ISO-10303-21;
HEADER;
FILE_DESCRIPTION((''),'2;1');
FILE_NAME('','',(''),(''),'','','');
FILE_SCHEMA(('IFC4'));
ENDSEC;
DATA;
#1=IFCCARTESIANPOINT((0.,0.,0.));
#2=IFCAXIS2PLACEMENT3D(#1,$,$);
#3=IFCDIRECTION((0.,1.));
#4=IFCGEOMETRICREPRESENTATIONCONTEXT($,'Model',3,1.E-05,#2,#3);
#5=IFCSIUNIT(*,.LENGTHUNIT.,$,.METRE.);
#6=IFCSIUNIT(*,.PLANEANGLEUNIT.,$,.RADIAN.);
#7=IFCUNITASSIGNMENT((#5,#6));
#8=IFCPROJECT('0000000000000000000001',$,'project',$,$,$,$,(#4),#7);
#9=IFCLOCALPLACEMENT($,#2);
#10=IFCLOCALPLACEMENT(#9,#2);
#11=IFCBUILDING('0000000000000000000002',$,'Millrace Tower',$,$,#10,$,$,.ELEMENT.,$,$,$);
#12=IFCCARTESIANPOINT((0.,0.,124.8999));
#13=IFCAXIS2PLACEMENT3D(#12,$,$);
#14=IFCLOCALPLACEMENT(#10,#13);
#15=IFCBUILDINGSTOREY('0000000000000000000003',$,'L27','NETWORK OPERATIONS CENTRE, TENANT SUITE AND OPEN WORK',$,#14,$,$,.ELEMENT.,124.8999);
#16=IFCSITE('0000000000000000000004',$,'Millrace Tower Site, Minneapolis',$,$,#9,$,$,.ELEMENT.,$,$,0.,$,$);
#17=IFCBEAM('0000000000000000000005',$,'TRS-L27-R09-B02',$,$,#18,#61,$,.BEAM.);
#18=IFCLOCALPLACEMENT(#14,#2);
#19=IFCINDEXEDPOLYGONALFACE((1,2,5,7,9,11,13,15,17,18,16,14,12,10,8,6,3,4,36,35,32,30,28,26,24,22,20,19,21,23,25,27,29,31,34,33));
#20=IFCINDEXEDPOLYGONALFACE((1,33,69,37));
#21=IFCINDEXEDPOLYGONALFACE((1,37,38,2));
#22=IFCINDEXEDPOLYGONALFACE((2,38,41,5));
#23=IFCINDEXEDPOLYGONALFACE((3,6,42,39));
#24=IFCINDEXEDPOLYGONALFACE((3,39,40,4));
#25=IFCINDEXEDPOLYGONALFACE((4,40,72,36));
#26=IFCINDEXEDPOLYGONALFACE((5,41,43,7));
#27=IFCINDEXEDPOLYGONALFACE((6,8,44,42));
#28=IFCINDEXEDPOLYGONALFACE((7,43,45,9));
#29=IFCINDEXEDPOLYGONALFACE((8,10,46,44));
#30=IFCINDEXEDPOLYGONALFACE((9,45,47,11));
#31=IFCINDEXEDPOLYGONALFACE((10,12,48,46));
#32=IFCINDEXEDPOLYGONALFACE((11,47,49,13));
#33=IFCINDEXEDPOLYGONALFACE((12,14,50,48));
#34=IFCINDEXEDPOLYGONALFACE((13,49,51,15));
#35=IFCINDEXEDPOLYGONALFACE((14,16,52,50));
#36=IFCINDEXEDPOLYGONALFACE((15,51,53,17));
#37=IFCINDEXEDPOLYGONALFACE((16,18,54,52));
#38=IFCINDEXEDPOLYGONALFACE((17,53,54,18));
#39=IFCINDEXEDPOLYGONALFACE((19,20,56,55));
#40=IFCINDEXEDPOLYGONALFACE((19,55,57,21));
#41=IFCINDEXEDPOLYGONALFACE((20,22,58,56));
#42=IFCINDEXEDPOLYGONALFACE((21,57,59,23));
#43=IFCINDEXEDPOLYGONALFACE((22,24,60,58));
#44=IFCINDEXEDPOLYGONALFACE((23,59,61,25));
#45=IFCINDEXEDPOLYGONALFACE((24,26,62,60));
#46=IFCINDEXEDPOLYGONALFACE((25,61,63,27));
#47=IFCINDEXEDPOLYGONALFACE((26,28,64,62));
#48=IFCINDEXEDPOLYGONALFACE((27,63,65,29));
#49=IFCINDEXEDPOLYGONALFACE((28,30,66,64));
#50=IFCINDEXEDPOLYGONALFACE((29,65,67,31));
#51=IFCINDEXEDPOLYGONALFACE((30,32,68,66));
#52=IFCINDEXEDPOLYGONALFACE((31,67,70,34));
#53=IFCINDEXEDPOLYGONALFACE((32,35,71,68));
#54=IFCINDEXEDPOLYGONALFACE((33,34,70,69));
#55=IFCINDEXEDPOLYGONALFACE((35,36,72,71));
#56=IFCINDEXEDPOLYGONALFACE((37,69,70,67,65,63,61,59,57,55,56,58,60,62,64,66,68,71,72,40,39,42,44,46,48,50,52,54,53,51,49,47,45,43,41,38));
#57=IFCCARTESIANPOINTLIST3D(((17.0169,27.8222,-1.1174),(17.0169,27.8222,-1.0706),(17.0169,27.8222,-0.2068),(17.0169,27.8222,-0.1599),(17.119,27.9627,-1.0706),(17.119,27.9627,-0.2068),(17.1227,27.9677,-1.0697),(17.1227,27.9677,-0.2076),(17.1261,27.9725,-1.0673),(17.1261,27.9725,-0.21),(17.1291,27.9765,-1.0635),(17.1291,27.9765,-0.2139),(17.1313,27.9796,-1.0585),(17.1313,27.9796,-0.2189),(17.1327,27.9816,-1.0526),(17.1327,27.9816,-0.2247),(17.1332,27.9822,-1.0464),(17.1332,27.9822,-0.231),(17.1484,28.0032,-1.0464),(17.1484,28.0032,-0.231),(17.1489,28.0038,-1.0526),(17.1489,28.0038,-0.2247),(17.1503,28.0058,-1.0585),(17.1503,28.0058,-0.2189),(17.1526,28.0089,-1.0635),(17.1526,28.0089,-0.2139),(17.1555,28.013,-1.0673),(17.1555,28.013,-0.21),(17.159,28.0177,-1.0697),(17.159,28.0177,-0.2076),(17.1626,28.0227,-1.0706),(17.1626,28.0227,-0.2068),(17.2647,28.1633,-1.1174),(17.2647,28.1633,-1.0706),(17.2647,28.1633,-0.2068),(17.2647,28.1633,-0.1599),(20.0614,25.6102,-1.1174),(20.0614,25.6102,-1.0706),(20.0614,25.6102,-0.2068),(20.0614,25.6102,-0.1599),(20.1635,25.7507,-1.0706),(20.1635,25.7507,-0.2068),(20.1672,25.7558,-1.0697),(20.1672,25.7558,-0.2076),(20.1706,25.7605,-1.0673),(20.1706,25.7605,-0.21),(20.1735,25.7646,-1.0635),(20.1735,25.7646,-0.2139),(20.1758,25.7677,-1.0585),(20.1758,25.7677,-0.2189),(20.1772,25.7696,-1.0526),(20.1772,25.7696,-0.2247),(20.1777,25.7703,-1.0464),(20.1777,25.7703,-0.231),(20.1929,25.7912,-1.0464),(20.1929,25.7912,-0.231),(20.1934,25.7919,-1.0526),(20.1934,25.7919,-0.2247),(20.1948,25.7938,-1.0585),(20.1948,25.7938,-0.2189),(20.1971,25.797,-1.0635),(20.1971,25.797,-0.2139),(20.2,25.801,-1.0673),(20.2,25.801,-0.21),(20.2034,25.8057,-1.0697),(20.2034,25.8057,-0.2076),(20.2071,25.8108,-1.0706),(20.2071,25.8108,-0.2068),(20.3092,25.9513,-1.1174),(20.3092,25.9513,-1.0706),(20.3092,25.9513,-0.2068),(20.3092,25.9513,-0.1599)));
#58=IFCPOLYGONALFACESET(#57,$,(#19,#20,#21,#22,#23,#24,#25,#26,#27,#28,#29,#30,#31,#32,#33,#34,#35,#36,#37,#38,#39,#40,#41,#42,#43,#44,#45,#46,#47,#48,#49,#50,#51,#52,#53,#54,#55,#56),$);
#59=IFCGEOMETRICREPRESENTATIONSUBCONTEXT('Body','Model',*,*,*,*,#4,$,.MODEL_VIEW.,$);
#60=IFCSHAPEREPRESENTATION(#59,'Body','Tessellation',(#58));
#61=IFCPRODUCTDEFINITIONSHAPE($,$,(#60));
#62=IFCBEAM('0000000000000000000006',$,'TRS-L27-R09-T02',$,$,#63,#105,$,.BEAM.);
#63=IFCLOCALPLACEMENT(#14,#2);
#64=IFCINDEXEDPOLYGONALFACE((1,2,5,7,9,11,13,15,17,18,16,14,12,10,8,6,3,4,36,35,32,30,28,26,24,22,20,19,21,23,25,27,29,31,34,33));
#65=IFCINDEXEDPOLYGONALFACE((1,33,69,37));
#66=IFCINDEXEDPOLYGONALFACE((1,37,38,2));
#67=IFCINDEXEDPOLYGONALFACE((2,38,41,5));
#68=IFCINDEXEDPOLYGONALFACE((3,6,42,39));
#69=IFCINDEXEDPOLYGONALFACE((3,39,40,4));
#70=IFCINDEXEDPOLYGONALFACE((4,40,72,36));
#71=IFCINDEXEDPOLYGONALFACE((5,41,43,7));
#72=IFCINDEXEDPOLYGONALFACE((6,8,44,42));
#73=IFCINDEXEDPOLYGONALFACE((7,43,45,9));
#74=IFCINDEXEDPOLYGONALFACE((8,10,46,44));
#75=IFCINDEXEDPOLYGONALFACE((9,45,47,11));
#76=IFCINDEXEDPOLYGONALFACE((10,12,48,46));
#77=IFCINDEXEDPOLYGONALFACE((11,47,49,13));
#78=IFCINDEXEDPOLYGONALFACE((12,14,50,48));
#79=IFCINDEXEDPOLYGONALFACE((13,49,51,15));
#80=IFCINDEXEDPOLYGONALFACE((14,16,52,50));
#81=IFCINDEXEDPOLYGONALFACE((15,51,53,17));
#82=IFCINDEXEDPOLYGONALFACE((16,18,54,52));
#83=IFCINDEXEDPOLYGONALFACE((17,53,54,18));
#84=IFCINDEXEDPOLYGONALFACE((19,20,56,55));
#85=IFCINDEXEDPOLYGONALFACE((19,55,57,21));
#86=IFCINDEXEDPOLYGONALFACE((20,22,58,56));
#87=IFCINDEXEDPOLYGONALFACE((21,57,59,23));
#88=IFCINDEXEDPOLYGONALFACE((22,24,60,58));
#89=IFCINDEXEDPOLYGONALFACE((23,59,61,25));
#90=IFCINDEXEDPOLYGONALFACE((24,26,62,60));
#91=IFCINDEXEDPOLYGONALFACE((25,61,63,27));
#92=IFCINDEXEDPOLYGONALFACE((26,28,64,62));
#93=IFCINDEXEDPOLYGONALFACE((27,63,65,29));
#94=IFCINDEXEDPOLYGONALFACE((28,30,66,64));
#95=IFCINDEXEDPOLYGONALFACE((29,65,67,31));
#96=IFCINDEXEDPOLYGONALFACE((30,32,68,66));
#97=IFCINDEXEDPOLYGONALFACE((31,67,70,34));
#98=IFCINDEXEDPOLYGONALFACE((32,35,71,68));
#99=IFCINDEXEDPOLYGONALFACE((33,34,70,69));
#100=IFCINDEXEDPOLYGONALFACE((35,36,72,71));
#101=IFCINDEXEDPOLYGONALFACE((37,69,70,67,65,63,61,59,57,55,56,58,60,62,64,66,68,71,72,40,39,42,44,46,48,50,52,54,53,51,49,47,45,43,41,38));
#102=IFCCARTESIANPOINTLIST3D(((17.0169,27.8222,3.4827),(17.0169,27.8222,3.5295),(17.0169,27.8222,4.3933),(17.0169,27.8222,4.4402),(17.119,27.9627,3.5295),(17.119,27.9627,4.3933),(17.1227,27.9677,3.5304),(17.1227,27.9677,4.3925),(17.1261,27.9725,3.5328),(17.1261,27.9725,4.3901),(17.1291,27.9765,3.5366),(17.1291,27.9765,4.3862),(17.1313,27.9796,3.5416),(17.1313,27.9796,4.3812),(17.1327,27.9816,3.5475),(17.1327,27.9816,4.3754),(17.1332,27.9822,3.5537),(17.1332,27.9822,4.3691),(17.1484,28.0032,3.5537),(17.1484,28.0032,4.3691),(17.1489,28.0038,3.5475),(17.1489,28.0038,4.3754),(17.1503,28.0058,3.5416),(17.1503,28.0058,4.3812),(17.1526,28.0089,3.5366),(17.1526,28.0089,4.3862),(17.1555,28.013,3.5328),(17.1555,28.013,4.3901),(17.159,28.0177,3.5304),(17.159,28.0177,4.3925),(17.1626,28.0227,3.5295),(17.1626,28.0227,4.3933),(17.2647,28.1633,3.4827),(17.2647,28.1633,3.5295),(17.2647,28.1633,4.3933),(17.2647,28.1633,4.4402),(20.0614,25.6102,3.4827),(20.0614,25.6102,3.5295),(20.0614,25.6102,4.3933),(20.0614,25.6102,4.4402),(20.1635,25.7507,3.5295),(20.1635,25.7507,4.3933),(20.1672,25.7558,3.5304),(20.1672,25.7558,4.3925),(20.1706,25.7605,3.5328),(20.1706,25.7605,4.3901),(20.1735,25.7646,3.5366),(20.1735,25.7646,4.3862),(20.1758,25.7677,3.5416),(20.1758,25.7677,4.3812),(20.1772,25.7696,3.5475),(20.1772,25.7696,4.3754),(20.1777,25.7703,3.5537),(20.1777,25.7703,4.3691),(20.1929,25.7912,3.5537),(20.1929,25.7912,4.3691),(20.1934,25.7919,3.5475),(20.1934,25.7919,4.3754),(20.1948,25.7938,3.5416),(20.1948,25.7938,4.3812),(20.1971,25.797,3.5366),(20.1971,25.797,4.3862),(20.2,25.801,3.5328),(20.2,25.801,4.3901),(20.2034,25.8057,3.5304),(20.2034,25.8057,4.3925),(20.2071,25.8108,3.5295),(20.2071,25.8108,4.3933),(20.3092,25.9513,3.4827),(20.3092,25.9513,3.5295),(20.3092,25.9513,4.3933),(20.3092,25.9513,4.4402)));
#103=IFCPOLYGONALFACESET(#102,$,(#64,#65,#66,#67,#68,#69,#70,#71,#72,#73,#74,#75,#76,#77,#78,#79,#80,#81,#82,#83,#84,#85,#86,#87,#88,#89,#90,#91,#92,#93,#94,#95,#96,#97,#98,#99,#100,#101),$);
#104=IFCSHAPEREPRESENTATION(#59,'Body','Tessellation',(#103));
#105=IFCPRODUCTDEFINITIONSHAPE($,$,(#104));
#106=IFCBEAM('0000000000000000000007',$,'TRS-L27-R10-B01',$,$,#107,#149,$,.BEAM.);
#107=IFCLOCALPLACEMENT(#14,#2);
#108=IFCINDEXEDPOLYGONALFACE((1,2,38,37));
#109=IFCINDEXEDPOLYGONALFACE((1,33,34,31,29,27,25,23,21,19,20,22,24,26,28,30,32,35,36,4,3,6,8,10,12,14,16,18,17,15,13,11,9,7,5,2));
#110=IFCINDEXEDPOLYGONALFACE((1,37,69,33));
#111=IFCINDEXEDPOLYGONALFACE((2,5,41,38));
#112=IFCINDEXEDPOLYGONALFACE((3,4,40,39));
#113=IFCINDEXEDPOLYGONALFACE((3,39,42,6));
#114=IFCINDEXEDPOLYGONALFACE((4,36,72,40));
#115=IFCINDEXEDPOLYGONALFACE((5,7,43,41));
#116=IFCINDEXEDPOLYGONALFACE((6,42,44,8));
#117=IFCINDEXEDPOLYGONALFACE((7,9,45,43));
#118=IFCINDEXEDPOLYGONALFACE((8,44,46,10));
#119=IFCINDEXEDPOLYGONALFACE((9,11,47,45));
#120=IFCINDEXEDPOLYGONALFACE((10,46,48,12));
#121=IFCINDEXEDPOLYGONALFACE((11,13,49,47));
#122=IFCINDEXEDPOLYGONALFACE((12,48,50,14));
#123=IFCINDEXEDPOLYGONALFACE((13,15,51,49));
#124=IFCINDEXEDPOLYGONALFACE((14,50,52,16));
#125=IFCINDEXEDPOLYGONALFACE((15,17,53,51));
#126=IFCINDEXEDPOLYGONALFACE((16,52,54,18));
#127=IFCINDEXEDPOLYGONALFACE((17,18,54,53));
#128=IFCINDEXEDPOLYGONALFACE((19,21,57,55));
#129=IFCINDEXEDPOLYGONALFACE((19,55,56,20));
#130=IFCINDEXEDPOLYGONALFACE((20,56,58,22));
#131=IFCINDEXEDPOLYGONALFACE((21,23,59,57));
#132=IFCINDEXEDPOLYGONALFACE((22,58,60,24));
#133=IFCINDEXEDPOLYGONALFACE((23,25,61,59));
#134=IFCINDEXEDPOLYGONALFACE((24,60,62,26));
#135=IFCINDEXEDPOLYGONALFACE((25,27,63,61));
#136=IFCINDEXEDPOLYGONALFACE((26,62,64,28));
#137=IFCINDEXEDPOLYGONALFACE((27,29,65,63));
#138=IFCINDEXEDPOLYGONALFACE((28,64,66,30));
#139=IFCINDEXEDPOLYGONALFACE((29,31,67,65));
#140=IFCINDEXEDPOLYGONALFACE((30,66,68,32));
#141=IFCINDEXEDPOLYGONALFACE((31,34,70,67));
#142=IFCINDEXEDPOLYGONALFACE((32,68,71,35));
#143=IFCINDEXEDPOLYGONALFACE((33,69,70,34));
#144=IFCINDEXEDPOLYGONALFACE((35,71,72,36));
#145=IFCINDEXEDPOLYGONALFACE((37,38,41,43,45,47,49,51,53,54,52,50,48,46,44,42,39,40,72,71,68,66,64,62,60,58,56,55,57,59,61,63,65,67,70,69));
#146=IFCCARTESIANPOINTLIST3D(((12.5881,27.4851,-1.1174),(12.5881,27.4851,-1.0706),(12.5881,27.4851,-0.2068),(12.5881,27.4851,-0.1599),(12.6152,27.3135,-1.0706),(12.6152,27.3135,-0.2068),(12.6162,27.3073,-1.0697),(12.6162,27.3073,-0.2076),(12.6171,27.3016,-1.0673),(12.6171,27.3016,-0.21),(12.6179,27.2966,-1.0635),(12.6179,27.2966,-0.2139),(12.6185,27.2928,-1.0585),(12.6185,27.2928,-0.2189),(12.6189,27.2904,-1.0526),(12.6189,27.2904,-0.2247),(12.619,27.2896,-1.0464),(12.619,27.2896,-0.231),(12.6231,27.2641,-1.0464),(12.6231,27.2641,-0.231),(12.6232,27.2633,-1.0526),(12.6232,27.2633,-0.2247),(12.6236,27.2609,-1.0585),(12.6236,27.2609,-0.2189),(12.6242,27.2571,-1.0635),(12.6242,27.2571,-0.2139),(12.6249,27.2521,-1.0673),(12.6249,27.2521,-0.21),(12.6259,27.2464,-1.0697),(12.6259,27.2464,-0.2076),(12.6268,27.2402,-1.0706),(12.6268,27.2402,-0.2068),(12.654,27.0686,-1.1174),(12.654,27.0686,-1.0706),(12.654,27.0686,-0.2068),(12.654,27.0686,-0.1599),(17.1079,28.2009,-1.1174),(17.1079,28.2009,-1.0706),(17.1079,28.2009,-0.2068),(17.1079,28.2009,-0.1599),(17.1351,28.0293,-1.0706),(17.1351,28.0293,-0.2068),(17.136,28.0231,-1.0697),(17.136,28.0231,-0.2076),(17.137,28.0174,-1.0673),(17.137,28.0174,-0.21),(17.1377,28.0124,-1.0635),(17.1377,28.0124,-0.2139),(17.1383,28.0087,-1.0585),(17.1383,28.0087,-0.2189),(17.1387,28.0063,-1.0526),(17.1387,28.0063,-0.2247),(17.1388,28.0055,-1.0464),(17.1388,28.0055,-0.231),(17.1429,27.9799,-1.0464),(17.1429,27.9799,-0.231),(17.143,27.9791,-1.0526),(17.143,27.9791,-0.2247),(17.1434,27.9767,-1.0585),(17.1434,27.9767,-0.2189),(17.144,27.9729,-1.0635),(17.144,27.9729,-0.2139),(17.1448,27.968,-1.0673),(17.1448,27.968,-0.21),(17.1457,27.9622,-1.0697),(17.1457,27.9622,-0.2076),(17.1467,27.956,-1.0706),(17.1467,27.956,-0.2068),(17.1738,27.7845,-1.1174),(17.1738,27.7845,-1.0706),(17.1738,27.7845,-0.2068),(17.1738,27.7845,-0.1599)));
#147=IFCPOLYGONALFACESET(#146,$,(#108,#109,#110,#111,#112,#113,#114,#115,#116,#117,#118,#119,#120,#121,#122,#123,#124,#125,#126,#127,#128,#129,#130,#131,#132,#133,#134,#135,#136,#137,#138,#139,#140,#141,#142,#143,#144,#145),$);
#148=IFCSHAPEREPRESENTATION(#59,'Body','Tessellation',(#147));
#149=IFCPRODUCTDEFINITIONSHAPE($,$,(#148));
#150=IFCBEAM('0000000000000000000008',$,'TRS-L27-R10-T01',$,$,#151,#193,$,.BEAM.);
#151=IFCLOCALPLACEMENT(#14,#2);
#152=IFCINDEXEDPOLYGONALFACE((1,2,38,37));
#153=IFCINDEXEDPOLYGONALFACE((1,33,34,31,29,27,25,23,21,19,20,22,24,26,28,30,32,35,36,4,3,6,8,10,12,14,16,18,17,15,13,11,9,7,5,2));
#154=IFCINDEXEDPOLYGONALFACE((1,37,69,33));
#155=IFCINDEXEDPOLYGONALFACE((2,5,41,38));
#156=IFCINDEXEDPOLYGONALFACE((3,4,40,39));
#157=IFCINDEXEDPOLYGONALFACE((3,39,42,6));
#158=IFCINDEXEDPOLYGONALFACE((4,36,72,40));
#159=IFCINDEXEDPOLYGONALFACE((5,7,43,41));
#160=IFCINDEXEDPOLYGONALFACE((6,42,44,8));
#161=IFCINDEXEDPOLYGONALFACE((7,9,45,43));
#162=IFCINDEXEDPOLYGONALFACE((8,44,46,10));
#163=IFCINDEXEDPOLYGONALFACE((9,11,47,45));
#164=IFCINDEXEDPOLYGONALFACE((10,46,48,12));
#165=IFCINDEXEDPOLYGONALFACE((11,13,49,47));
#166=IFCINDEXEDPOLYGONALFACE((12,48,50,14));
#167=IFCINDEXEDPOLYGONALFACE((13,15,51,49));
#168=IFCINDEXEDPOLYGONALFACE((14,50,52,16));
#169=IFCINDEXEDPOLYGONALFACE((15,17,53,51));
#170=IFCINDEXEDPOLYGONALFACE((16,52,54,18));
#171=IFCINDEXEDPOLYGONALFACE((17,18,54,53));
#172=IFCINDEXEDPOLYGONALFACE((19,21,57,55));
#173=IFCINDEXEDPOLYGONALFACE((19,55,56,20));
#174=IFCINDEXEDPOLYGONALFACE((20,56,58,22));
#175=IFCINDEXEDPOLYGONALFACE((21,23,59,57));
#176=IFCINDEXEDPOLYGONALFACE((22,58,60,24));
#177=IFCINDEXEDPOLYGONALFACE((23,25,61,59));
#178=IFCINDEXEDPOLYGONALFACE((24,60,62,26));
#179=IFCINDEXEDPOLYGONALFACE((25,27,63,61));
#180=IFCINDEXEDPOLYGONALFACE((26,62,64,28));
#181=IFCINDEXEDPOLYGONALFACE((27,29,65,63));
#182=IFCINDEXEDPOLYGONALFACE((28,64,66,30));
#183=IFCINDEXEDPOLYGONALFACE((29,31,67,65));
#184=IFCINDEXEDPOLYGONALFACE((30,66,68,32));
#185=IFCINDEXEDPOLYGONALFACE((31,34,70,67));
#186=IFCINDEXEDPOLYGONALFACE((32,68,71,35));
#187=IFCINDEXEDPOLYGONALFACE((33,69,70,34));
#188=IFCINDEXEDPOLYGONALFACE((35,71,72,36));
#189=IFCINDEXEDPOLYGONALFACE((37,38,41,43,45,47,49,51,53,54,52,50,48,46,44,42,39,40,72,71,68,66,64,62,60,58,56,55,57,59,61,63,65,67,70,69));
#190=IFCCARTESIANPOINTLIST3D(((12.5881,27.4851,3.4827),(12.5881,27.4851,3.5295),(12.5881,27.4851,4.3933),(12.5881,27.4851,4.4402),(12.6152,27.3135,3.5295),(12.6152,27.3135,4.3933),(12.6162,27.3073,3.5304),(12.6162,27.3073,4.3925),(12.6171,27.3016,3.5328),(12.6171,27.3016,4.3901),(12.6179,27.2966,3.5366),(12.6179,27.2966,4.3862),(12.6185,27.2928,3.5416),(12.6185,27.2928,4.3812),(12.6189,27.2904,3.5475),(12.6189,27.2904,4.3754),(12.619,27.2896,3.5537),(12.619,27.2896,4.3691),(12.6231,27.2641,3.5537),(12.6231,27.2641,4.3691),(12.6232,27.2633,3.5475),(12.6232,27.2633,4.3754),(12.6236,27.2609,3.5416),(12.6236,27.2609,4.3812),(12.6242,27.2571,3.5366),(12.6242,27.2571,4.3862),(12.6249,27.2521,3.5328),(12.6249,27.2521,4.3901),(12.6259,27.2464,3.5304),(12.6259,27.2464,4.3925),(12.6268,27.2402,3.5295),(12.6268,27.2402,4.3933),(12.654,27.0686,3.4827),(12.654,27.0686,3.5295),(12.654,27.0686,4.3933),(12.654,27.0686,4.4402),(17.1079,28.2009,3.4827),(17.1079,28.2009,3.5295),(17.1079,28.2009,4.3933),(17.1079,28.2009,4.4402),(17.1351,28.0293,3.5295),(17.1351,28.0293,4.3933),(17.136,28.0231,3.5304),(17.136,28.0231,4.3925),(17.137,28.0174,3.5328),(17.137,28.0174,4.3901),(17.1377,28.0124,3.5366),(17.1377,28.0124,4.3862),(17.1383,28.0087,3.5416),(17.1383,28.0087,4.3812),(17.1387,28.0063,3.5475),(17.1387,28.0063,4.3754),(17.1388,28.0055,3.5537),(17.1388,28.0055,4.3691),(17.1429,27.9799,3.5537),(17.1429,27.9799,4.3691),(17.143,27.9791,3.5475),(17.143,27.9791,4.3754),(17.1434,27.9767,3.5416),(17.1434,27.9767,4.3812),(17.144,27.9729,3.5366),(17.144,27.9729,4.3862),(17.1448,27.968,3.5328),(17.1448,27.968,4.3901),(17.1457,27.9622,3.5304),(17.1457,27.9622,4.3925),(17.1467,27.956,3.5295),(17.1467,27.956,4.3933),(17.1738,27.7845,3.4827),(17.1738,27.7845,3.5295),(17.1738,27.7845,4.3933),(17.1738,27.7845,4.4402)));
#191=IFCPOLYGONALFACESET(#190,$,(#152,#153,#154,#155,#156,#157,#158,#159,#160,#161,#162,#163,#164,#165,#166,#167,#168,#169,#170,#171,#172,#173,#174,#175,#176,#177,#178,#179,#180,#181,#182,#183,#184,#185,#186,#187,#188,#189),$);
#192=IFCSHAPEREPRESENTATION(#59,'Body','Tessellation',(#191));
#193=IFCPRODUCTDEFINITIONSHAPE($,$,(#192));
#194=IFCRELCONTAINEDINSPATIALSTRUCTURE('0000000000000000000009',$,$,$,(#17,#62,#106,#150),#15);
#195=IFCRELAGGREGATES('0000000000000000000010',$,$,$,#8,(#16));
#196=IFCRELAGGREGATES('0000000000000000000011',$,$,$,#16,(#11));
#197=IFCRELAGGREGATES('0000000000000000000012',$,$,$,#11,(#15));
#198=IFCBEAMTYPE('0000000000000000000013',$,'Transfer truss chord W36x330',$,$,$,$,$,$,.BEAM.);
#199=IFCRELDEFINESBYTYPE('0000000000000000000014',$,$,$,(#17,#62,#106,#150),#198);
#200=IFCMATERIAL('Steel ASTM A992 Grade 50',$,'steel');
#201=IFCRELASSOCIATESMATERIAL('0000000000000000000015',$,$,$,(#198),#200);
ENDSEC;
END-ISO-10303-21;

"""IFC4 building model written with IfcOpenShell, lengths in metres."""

from ifc_helpers import new_model, si_unit, direction, frame, origin, origin_2d, place, context, subcontext, project, spatial, i_section, extrude, material, material_profile, profile_set, type_object, element, save


model = new_model("IFC4")

# Units and contexts
model_context = context("Model", 3, precision=1e-05, world=origin(), true_north=direction((0.0, 1.0)))
body_context = subcontext(model_context, "Body", "Model", "MODEL_VIEW")
ifc_project = project(units=[si_unit("LENGTHUNIT", "METRE"), si_unit("PLANEANGLEUNIT", "RADIAN")], contexts=[model_context])

# Site, building, storey
site_placement = place(None, origin())
site = spatial("IfcSite", under=ifc_project, at=site_placement, Name="Millrace Tower Site, Minneapolis", CompositionType="ELEMENT", RefElevation=0.0)
building_placement = place(site_placement, origin())
building = spatial("IfcBuilding", under=site, at=building_placement, Name="Millrace Tower", CompositionType="ELEMENT")
storey_placement = place(building_placement, frame((0.0, 0.0, 124.8999)))
storey = spatial("IfcBuildingStorey", under=building, at=storey_placement, Name="L27", Description="NETWORK OPERATIONS CENTRE, TENANT SUITE AND OPEN WORK", CompositionType="ELEMENT", Elevation=124.8999)

# Beams
ifc_material_1 = material(Name="Steel ASTM A992 Grade 50", Category="steel")
ifc_material_profile_1 = material_profile(ifc_material_1, i_section(OverallWidth=0.4216, OverallDepth=0.9575, WebThickness=0.0259, FlangeThickness=0.0469, FilletRadius=0.0242, at=origin_2d()))
ifc_profile_set_1 = profile_set([ifc_material_profile_1], Name="Steel ASTM A992 Grade 50")
beam_type_1 = type_object("IfcBeamType", Name="Transfer truss chord W36x330", PredefinedType="BEAM", material=ifc_profile_set_1)
for number, where, z_axis, x_axis, name in (
    (1, (20.1853, 25.7808, -0.6387), (-0.809017, 0.587786, 0.0), (-0.587786, -0.809017, 0.0), "TRS-L27-R09-B02"),
    (2, (20.1853, 25.7808, 3.9614), (-0.809017, 0.587786, 0.0), (-0.587786, -0.809017, 0.0), "TRS-L27-R09-T02"),
):
    element("IfcBeam", number, at=place(storey_placement, frame(where, z_axis=z_axis, x_axis=x_axis)), inside=storey, type_object=beam_type_1, Name=name, PredefinedType="BEAM", context=body_context, shape_type="SweptSolid", body=[
        extrude(i_section(OverallWidth=0.4216, OverallDepth=0.9575, WebThickness=0.0259, FlangeThickness=0.0469, FilletRadius=0.0242, at=origin_2d()), origin(), (0.0, 0.0, 1.0), 3.7632),
    ])
for number, where, z_axis, x_axis, name in (
    (3, (17.1409, 27.9927, -0.6387), (-0.98769, -0.156426, 0.0), (0.156426, -0.98769, 0.0), "TRS-L27-R10-B01"),
    (4, (17.1409, 27.9927, 3.9614), (-0.98769, -0.156426, 0.0), (0.156426, -0.98769, 0.0), "TRS-L27-R10-T01"),
):
    element("IfcBeam", number, at=place(storey_placement, frame(where, z_axis=z_axis, x_axis=x_axis)), inside=storey, type_object=beam_type_1, Name=name, PredefinedType="BEAM", context=body_context, shape_type="SweptSolid", body=[
        extrude(i_section(OverallWidth=0.4216, OverallDepth=0.9575, WebThickness=0.0259, FlangeThickness=0.0469, FilletRadius=0.0242, at=origin_2d()), origin(), (0.0, 0.0, 1.0), 4.5762),
    ])

save(model, "model.ifc")
